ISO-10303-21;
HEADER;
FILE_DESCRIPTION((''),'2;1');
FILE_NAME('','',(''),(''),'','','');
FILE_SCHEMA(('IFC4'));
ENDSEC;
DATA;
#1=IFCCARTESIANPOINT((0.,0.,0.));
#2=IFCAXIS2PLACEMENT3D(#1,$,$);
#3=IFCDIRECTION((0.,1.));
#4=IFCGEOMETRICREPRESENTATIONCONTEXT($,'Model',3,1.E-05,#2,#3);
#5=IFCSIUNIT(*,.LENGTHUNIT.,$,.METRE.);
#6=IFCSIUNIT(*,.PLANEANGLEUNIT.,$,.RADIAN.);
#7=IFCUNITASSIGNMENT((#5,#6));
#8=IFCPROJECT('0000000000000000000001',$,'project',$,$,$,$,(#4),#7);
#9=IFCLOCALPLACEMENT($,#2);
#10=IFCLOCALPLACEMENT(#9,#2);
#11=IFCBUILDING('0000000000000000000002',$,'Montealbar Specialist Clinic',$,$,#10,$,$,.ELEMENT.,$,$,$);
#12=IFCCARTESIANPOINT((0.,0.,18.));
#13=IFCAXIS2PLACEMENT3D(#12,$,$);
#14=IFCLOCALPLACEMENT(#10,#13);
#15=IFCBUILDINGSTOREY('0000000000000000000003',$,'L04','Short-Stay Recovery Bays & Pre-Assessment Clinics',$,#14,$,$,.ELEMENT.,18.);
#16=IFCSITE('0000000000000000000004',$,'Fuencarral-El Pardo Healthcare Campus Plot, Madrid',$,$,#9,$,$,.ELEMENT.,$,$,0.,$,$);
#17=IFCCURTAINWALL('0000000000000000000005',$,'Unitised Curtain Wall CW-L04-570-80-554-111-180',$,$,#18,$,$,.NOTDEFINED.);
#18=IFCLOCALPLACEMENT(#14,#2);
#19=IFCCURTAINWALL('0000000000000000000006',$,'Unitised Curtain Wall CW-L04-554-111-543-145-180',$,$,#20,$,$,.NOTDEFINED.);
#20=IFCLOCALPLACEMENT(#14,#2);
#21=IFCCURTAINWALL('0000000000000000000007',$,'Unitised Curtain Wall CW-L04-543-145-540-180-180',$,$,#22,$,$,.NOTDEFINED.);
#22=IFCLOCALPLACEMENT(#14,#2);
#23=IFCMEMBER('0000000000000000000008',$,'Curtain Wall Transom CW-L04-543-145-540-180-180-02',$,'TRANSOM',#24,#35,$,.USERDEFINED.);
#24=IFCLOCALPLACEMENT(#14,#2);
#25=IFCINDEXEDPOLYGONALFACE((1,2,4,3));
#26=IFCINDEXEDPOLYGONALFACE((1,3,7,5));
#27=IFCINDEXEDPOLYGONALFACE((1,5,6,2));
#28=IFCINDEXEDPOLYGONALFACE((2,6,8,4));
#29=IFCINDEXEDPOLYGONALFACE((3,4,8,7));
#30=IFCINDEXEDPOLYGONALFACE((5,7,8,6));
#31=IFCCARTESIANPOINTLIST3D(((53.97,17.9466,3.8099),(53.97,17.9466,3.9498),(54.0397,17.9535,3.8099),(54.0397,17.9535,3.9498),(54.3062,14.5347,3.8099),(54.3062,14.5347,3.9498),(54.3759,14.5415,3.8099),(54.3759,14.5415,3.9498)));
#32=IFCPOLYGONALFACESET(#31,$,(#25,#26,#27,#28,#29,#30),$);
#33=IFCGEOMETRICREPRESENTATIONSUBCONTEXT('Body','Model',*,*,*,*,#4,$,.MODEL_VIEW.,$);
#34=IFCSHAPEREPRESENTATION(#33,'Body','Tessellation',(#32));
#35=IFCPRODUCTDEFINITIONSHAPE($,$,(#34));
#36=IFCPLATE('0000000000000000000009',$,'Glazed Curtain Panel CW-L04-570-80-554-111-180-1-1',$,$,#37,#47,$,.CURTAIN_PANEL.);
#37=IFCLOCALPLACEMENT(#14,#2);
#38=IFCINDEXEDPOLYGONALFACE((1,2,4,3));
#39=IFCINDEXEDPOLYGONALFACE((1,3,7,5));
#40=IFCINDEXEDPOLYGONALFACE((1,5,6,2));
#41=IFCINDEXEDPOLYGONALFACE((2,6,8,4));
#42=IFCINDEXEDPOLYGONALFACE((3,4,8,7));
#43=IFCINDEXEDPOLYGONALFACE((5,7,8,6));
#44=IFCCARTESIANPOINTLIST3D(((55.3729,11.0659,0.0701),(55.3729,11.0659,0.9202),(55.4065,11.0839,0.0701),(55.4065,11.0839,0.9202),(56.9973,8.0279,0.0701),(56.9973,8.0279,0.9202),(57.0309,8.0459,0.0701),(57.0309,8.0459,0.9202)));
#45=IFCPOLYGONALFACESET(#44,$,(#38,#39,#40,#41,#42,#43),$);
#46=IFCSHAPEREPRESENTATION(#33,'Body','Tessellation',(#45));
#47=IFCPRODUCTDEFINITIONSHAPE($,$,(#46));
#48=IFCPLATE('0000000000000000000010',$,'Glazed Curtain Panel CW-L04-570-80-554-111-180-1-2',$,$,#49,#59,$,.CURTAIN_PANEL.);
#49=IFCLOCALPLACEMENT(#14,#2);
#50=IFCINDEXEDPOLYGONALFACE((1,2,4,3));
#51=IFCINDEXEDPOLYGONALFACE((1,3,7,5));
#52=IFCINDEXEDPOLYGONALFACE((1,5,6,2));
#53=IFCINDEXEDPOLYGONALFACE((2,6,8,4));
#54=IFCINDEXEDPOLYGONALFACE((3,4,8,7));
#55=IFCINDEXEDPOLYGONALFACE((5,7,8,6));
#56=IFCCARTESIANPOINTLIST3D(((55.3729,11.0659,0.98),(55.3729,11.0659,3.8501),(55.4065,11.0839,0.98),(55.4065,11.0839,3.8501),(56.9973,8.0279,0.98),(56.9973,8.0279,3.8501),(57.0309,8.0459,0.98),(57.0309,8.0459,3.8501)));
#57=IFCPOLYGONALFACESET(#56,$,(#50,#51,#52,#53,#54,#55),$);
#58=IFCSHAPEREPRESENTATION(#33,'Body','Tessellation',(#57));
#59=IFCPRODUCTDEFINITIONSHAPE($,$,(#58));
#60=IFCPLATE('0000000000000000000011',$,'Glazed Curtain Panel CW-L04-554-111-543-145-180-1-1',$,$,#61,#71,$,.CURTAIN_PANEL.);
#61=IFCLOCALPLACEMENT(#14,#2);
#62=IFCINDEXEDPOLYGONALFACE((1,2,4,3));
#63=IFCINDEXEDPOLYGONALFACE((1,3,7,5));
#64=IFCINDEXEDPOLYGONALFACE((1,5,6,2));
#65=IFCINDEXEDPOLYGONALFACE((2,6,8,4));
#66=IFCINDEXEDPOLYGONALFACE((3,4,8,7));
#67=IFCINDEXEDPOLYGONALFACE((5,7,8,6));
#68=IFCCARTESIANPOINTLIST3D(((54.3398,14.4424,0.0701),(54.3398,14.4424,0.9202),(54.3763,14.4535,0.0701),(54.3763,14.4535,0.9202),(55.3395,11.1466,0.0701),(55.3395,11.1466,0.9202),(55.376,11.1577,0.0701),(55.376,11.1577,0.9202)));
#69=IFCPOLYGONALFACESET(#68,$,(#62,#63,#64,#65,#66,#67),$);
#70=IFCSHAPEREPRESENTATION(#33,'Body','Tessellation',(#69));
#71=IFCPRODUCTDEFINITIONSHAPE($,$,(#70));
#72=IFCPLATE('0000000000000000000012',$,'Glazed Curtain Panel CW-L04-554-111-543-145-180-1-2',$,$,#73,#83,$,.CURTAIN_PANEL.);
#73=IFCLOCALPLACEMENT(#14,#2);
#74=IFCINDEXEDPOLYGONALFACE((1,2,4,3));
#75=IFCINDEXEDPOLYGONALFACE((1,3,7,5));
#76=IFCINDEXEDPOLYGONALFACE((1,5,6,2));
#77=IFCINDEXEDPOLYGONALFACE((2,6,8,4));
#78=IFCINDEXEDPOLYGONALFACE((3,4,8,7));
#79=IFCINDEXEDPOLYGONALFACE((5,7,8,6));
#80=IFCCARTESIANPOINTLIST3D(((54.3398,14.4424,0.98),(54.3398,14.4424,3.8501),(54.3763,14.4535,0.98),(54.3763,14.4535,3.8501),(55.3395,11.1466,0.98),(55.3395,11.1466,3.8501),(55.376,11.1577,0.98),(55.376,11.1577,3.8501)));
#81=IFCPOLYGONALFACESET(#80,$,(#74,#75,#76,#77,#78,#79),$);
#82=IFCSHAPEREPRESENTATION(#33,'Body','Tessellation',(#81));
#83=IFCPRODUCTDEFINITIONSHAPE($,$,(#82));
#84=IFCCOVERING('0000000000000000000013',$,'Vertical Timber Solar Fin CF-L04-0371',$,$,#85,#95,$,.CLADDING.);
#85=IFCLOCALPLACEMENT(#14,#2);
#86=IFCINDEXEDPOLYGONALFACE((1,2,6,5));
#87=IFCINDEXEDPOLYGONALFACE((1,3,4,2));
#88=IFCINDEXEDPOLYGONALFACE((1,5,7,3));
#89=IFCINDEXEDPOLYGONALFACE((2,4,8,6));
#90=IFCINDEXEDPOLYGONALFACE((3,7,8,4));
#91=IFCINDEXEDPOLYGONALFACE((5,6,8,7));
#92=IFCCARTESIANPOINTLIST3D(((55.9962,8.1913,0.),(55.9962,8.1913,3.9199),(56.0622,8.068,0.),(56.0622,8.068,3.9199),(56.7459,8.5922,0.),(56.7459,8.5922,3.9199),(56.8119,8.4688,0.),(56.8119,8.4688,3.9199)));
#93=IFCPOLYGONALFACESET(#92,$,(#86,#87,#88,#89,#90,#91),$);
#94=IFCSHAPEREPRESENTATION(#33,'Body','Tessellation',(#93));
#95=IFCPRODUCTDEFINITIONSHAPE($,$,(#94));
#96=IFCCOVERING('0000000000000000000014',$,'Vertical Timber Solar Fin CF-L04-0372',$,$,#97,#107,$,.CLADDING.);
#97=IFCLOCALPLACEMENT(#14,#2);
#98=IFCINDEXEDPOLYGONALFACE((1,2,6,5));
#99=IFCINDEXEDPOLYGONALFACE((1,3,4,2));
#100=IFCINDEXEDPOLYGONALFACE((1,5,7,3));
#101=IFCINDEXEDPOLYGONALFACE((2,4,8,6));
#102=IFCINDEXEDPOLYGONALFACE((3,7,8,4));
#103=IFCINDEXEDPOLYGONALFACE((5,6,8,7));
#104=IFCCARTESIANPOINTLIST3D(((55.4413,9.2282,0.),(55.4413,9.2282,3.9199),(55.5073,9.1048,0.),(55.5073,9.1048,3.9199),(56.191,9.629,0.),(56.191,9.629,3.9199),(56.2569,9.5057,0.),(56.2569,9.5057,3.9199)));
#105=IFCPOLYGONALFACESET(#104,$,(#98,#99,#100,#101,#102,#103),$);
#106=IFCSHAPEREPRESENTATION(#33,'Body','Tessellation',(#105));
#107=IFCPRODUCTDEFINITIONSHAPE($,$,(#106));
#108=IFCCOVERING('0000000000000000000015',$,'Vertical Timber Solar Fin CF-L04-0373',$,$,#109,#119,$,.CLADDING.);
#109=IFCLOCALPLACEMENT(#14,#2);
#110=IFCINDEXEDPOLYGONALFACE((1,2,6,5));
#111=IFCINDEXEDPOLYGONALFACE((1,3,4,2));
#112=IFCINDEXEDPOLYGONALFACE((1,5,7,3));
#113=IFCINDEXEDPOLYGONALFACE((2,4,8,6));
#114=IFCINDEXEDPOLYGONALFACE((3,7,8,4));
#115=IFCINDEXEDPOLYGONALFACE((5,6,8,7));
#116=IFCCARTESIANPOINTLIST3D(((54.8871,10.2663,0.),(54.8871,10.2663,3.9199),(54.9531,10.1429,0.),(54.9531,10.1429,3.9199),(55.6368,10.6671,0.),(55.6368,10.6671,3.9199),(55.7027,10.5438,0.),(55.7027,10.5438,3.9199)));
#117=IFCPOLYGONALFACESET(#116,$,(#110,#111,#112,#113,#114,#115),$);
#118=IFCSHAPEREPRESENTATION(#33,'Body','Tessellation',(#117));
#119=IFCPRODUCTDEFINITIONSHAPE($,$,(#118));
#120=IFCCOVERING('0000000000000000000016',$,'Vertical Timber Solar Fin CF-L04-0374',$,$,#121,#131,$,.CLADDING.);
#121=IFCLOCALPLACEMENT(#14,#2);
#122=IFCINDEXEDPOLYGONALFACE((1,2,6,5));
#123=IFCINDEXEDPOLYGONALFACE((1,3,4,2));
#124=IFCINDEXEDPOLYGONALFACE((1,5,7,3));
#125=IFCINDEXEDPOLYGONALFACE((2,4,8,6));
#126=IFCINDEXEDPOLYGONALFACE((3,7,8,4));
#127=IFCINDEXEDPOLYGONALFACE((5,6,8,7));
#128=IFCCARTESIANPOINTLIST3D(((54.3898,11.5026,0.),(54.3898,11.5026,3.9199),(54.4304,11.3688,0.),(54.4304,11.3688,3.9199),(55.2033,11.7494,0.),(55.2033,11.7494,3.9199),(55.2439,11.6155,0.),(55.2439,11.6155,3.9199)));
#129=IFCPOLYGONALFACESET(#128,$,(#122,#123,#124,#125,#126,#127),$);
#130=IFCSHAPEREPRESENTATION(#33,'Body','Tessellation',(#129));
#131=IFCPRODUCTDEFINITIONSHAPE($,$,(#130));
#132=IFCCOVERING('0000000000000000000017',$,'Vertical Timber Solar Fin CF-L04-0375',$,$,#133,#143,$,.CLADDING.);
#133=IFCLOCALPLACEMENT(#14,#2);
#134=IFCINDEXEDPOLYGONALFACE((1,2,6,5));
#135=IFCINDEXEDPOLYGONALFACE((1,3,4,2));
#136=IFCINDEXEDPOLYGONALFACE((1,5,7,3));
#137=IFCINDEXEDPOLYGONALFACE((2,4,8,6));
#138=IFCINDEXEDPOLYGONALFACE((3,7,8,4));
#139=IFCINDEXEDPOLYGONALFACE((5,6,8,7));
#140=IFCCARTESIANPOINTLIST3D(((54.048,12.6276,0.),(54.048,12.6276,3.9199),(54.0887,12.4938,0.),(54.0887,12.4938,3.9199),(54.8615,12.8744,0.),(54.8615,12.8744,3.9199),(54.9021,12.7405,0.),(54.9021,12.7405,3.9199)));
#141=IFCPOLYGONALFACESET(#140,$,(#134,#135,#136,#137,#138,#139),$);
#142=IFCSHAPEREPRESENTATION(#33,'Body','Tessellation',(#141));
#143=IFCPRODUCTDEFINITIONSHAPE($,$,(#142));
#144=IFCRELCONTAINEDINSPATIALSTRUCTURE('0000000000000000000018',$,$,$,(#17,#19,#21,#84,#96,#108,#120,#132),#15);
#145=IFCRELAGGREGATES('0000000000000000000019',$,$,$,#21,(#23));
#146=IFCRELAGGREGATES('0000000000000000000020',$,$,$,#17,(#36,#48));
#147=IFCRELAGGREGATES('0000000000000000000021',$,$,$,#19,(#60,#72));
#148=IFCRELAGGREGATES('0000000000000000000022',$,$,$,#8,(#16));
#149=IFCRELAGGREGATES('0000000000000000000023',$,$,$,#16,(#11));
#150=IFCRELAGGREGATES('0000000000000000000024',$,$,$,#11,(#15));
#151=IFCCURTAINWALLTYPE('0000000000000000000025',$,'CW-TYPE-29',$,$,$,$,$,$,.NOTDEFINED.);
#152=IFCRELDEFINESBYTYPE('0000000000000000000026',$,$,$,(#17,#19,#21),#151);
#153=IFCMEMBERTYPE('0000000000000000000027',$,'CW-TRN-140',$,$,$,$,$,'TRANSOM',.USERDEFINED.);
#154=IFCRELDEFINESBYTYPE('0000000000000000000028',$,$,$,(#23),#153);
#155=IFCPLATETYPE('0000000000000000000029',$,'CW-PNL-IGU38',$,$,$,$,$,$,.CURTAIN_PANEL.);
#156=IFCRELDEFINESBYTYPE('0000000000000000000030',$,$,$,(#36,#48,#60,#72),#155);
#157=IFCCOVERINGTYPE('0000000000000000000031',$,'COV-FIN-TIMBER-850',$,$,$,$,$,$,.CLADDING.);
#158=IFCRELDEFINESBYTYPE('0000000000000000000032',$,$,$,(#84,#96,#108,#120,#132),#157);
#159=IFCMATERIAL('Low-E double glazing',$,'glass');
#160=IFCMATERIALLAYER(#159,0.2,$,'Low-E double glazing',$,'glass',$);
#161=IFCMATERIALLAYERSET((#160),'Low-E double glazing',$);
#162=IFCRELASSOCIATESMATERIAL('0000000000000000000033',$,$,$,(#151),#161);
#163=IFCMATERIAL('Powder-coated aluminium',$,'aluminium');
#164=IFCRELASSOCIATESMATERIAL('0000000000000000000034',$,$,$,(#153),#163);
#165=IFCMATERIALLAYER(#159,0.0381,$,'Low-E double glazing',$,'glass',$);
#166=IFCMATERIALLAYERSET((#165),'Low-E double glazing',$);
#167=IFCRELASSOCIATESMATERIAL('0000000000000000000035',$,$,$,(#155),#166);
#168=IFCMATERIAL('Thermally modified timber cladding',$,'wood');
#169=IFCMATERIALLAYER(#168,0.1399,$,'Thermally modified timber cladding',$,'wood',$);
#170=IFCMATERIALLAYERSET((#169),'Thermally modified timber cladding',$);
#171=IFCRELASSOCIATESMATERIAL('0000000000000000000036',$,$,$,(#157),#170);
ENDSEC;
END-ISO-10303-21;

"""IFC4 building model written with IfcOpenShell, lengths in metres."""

from ifc_helpers import new_model, si_unit, direction, frame, origin, origin_2d, place, context, subcontext, project, spatial, rectangle, extrude, material, layer, layer_set, material_profile, profile_set, type_object, element, aggregate, save


model = new_model("IFC4")

# Units and contexts
model_context = context("Model", 3, precision=1e-05, world=origin(), true_north=direction((0.0, 1.0)))
body_context = subcontext(model_context, "Body", "Model", "MODEL_VIEW")
ifc_project = project(units=[si_unit("LENGTHUNIT", "METRE"), si_unit("PLANEANGLEUNIT", "RADIAN")], contexts=[model_context])

# Site, building, storey
site_placement = place(None, origin())
site = spatial("IfcSite", under=ifc_project, at=site_placement, Name="Fuencarral-El Pardo Healthcare Campus Plot, Madrid", CompositionType="ELEMENT", RefElevation=0.0)
building_placement = place(site_placement, origin())
building = spatial("IfcBuilding", under=site, at=building_placement, Name="Montealbar Specialist Clinic", CompositionType="ELEMENT")
storey_placement = place(building_placement, frame((0.0, 0.0, 18.0)))
storey = spatial("IfcBuildingStorey", under=building, at=storey_placement, Name="L04", Description="Short-Stay Recovery Bays & Pre-Assessment Clinics", CompositionType="ELEMENT", Elevation=18.0)

# Shared definitions
ifc_material_1 = material(Name="Low-E double glazing", Category="glass")
ifc_layer_1 = layer(ifc_material_1, 0.2, Name="Low-E double glazing", Category="glass")
ifc_layer_set_1 = layer_set([ifc_layer_1], Name="Low-E double glazing")
curtain_wall_type = type_object("IfcCurtainWallType", Name="CW-TYPE-29", PredefinedType="NOTDEFINED", material=ifc_layer_set_1)

# Curtain walls
curtain_wall_1_placement = place(storey_placement, origin())
curtain_wall_1 = element("IfcCurtainWall", 1, at=curtain_wall_1_placement, inside=storey, type_object=curtain_wall_type, Name="Unitised Curtain Wall CW-L04-570-80-554-111-180", PredefinedType="NOTDEFINED")
curtain_wall_2_placement = place(storey_placement, origin())
curtain_wall_2 = element("IfcCurtainWall", 2, at=curtain_wall_2_placement, inside=storey, type_object=curtain_wall_type, Name="Unitised Curtain Wall CW-L04-554-111-543-145-180", PredefinedType="NOTDEFINED")

# Curtain wall
curtain_wall_3_placement = place(storey_placement, origin())
curtain_wall_3 = element("IfcCurtainWall", 3, at=curtain_wall_3_placement, inside=storey, type_object=curtain_wall_type, Name="Unitised Curtain Wall CW-L04-543-145-540-180-180", PredefinedType="NOTDEFINED")

# Member
ifc_material_2 = material(Name="Powder-coated aluminium", Category="aluminium")
ifc_material_profile_1 = material_profile(ifc_material_2, rectangle(XDim=0.0701, YDim=0.1399, at=origin_2d()), Name="ALU 70x140", Category="aluminium")
ifc_profile_set_1 = profile_set([ifc_material_profile_1], Name="Powder-coated aluminium")
member_type_1 = type_object("IfcMemberType", Name="CW-TRN-140", ElementType="TRANSOM", PredefinedType="USERDEFINED", material=ifc_profile_set_1)
member_1_placement = place(storey_placement, frame((54.3411, 14.5381, 3.8799), z_axis=(-0.098058, 0.995181, 0.0), x_axis=(-0.995181, -0.098058, 0.0)))
member_1 = element("IfcMember", 4, at=member_1_placement, type_object=member_type_1, Name="Curtain Wall Transom CW-L04-543-145-540-180-180-02", ObjectType="TRANSOM", PredefinedType="USERDEFINED", context=body_context, shape_type="SweptSolid", body=[
    extrude(rectangle(XDim=0.0701, YDim=0.1399, at=origin_2d()), origin(), (0.0, 0.0, 1.0), 3.4285),
])
aggregate(curtain_wall_3, [member_1])

# Plates
ifc_layer_2 = layer(ifc_material_1, 0.0381, Name="Low-E double glazing", Category="glass")
ifc_layer_set_2 = layer_set([ifc_layer_2], Name="Low-E double glazing")
plate_type = type_object("IfcPlateType", Name="CW-PNL-IGU38", PredefinedType="CURTAIN_PANEL", material=ifc_layer_set_2)
plate_1_placement = place(storey_placement, frame((56.2019, 9.5559, 0.0701), z_axis=(0.0, 0.0, 1.0), x_axis=(-0.471529, 0.88185, 0.0)))
plate_1 = element("IfcPlate", 5, at=plate_1_placement, type_object=plate_type, Name="Glazed Curtain Panel CW-L04-570-80-554-111-180-1-1", PredefinedType="CURTAIN_PANEL", context=body_context, shape_type="SweptSolid", body=[
    extrude(rectangle(XDim=3.4451, YDim=0.0381, at=origin_2d()), origin(), (0.0, 0.0, 1.0), 0.8501),
])
plate_2_placement = place(storey_placement, frame((56.2019, 9.5559, 0.98), z_axis=(0.0, 0.0, 1.0), x_axis=(-0.471529, 0.88185, 0.0)))
plate_2 = element("IfcPlate", 6, at=plate_2_placement, type_object=plate_type, Name="Glazed Curtain Panel CW-L04-570-80-554-111-180-1-2", PredefinedType="CURTAIN_PANEL", context=body_context, shape_type="SweptSolid", body=[
    extrude(rectangle(XDim=3.4451, YDim=0.0381, at=origin_2d()), origin(), (0.0, 0.0, 1.0), 2.8701),
])
aggregate(curtain_wall_1, [plate_1, plate_2])
plate_3_placement = place(storey_placement, frame((54.8579, 12.8, 0.0701), z_axis=(0.0, 0.0, 1.0), x_axis=(-0.290259, 0.956948, 0.0)))
plate_3 = element("IfcPlate", 7, at=plate_3_placement, type_object=plate_type, Name="Glazed Curtain Panel CW-L04-554-111-543-145-180-1-1", PredefinedType="CURTAIN_PANEL", context=body_context, shape_type="SweptSolid", body=[
    extrude(rectangle(XDim=3.4441, YDim=0.0381, at=origin_2d()), origin(), (0.0, 0.0, 1.0), 0.8501),
])
plate_4_placement = place(storey_placement, frame((54.8579, 12.8, 0.98), z_axis=(0.0, 0.0, 1.0), x_axis=(-0.290259, 0.956948, 0.0)))
plate_4 = element("IfcPlate", 8, at=plate_4_placement, type_object=plate_type, Name="Glazed Curtain Panel CW-L04-554-111-543-145-180-1-2", PredefinedType="CURTAIN_PANEL", context=body_context, shape_type="SweptSolid", body=[
    extrude(rectangle(XDim=3.4441, YDim=0.0381, at=origin_2d()), origin(), (0.0, 0.0, 1.0), 2.8701),
])
aggregate(curtain_wall_2, [plate_3, plate_4])

# Coverings
ifc_material_3 = material(Name="Thermally modified timber cladding", Category="wood")
ifc_layer_3 = layer(ifc_material_3, 0.1399, Name="Thermally modified timber cladding", Category="wood")
ifc_layer_set_3 = layer_set([ifc_layer_3], Name="Thermally modified timber cladding")
covering_type = type_object("IfcCoveringType", Name="COV-FIN-TIMBER-850", PredefinedType="CLADDING", material=ifc_layer_set_3)
for number, where, z_axis, x_axis, name in (
    (9, (56.4041, 8.3301, 0.0), (0.0, 0.0, 1.0), (-0.88185, -0.471529, 0.0), "Vertical Timber Solar Fin CF-L04-0371"),
    (10, (55.8491, 9.3669, 0.0), (0.0, 0.0, 1.0), (-0.88185, -0.471529, 0.0), "Vertical Timber Solar Fin CF-L04-0372"),
    (11, (55.2949, 10.405, 0.0), (0.0, 0.0, 1.0), (-0.88185, -0.471529, 0.0), "Vertical Timber Solar Fin CF-L04-0373"),
    (12, (54.8169, 11.5591, 0.0), (0.0, 0.0, 1.0), (-0.956948, -0.290259, 0.0), "Vertical Timber Solar Fin CF-L04-0374"),
    (13, (54.4751, 12.6841, 0.0), (0.0, 0.0, 1.0), (-0.956948, -0.290259, 0.0), "Vertical Timber Solar Fin CF-L04-0375"),
):
    element("IfcCovering", number, at=place(storey_placement, frame(where, z_axis=z_axis, x_axis=x_axis)), inside=storey, type_object=covering_type, Name=name, PredefinedType="CLADDING", context=body_context, shape_type="SweptSolid", body=[
        extrude(rectangle(XDim=0.8501, YDim=0.1399, at=origin_2d()), origin(), (0.0, 0.0, 1.0), 3.9199),
    ])

save(model, "model.ifc")
